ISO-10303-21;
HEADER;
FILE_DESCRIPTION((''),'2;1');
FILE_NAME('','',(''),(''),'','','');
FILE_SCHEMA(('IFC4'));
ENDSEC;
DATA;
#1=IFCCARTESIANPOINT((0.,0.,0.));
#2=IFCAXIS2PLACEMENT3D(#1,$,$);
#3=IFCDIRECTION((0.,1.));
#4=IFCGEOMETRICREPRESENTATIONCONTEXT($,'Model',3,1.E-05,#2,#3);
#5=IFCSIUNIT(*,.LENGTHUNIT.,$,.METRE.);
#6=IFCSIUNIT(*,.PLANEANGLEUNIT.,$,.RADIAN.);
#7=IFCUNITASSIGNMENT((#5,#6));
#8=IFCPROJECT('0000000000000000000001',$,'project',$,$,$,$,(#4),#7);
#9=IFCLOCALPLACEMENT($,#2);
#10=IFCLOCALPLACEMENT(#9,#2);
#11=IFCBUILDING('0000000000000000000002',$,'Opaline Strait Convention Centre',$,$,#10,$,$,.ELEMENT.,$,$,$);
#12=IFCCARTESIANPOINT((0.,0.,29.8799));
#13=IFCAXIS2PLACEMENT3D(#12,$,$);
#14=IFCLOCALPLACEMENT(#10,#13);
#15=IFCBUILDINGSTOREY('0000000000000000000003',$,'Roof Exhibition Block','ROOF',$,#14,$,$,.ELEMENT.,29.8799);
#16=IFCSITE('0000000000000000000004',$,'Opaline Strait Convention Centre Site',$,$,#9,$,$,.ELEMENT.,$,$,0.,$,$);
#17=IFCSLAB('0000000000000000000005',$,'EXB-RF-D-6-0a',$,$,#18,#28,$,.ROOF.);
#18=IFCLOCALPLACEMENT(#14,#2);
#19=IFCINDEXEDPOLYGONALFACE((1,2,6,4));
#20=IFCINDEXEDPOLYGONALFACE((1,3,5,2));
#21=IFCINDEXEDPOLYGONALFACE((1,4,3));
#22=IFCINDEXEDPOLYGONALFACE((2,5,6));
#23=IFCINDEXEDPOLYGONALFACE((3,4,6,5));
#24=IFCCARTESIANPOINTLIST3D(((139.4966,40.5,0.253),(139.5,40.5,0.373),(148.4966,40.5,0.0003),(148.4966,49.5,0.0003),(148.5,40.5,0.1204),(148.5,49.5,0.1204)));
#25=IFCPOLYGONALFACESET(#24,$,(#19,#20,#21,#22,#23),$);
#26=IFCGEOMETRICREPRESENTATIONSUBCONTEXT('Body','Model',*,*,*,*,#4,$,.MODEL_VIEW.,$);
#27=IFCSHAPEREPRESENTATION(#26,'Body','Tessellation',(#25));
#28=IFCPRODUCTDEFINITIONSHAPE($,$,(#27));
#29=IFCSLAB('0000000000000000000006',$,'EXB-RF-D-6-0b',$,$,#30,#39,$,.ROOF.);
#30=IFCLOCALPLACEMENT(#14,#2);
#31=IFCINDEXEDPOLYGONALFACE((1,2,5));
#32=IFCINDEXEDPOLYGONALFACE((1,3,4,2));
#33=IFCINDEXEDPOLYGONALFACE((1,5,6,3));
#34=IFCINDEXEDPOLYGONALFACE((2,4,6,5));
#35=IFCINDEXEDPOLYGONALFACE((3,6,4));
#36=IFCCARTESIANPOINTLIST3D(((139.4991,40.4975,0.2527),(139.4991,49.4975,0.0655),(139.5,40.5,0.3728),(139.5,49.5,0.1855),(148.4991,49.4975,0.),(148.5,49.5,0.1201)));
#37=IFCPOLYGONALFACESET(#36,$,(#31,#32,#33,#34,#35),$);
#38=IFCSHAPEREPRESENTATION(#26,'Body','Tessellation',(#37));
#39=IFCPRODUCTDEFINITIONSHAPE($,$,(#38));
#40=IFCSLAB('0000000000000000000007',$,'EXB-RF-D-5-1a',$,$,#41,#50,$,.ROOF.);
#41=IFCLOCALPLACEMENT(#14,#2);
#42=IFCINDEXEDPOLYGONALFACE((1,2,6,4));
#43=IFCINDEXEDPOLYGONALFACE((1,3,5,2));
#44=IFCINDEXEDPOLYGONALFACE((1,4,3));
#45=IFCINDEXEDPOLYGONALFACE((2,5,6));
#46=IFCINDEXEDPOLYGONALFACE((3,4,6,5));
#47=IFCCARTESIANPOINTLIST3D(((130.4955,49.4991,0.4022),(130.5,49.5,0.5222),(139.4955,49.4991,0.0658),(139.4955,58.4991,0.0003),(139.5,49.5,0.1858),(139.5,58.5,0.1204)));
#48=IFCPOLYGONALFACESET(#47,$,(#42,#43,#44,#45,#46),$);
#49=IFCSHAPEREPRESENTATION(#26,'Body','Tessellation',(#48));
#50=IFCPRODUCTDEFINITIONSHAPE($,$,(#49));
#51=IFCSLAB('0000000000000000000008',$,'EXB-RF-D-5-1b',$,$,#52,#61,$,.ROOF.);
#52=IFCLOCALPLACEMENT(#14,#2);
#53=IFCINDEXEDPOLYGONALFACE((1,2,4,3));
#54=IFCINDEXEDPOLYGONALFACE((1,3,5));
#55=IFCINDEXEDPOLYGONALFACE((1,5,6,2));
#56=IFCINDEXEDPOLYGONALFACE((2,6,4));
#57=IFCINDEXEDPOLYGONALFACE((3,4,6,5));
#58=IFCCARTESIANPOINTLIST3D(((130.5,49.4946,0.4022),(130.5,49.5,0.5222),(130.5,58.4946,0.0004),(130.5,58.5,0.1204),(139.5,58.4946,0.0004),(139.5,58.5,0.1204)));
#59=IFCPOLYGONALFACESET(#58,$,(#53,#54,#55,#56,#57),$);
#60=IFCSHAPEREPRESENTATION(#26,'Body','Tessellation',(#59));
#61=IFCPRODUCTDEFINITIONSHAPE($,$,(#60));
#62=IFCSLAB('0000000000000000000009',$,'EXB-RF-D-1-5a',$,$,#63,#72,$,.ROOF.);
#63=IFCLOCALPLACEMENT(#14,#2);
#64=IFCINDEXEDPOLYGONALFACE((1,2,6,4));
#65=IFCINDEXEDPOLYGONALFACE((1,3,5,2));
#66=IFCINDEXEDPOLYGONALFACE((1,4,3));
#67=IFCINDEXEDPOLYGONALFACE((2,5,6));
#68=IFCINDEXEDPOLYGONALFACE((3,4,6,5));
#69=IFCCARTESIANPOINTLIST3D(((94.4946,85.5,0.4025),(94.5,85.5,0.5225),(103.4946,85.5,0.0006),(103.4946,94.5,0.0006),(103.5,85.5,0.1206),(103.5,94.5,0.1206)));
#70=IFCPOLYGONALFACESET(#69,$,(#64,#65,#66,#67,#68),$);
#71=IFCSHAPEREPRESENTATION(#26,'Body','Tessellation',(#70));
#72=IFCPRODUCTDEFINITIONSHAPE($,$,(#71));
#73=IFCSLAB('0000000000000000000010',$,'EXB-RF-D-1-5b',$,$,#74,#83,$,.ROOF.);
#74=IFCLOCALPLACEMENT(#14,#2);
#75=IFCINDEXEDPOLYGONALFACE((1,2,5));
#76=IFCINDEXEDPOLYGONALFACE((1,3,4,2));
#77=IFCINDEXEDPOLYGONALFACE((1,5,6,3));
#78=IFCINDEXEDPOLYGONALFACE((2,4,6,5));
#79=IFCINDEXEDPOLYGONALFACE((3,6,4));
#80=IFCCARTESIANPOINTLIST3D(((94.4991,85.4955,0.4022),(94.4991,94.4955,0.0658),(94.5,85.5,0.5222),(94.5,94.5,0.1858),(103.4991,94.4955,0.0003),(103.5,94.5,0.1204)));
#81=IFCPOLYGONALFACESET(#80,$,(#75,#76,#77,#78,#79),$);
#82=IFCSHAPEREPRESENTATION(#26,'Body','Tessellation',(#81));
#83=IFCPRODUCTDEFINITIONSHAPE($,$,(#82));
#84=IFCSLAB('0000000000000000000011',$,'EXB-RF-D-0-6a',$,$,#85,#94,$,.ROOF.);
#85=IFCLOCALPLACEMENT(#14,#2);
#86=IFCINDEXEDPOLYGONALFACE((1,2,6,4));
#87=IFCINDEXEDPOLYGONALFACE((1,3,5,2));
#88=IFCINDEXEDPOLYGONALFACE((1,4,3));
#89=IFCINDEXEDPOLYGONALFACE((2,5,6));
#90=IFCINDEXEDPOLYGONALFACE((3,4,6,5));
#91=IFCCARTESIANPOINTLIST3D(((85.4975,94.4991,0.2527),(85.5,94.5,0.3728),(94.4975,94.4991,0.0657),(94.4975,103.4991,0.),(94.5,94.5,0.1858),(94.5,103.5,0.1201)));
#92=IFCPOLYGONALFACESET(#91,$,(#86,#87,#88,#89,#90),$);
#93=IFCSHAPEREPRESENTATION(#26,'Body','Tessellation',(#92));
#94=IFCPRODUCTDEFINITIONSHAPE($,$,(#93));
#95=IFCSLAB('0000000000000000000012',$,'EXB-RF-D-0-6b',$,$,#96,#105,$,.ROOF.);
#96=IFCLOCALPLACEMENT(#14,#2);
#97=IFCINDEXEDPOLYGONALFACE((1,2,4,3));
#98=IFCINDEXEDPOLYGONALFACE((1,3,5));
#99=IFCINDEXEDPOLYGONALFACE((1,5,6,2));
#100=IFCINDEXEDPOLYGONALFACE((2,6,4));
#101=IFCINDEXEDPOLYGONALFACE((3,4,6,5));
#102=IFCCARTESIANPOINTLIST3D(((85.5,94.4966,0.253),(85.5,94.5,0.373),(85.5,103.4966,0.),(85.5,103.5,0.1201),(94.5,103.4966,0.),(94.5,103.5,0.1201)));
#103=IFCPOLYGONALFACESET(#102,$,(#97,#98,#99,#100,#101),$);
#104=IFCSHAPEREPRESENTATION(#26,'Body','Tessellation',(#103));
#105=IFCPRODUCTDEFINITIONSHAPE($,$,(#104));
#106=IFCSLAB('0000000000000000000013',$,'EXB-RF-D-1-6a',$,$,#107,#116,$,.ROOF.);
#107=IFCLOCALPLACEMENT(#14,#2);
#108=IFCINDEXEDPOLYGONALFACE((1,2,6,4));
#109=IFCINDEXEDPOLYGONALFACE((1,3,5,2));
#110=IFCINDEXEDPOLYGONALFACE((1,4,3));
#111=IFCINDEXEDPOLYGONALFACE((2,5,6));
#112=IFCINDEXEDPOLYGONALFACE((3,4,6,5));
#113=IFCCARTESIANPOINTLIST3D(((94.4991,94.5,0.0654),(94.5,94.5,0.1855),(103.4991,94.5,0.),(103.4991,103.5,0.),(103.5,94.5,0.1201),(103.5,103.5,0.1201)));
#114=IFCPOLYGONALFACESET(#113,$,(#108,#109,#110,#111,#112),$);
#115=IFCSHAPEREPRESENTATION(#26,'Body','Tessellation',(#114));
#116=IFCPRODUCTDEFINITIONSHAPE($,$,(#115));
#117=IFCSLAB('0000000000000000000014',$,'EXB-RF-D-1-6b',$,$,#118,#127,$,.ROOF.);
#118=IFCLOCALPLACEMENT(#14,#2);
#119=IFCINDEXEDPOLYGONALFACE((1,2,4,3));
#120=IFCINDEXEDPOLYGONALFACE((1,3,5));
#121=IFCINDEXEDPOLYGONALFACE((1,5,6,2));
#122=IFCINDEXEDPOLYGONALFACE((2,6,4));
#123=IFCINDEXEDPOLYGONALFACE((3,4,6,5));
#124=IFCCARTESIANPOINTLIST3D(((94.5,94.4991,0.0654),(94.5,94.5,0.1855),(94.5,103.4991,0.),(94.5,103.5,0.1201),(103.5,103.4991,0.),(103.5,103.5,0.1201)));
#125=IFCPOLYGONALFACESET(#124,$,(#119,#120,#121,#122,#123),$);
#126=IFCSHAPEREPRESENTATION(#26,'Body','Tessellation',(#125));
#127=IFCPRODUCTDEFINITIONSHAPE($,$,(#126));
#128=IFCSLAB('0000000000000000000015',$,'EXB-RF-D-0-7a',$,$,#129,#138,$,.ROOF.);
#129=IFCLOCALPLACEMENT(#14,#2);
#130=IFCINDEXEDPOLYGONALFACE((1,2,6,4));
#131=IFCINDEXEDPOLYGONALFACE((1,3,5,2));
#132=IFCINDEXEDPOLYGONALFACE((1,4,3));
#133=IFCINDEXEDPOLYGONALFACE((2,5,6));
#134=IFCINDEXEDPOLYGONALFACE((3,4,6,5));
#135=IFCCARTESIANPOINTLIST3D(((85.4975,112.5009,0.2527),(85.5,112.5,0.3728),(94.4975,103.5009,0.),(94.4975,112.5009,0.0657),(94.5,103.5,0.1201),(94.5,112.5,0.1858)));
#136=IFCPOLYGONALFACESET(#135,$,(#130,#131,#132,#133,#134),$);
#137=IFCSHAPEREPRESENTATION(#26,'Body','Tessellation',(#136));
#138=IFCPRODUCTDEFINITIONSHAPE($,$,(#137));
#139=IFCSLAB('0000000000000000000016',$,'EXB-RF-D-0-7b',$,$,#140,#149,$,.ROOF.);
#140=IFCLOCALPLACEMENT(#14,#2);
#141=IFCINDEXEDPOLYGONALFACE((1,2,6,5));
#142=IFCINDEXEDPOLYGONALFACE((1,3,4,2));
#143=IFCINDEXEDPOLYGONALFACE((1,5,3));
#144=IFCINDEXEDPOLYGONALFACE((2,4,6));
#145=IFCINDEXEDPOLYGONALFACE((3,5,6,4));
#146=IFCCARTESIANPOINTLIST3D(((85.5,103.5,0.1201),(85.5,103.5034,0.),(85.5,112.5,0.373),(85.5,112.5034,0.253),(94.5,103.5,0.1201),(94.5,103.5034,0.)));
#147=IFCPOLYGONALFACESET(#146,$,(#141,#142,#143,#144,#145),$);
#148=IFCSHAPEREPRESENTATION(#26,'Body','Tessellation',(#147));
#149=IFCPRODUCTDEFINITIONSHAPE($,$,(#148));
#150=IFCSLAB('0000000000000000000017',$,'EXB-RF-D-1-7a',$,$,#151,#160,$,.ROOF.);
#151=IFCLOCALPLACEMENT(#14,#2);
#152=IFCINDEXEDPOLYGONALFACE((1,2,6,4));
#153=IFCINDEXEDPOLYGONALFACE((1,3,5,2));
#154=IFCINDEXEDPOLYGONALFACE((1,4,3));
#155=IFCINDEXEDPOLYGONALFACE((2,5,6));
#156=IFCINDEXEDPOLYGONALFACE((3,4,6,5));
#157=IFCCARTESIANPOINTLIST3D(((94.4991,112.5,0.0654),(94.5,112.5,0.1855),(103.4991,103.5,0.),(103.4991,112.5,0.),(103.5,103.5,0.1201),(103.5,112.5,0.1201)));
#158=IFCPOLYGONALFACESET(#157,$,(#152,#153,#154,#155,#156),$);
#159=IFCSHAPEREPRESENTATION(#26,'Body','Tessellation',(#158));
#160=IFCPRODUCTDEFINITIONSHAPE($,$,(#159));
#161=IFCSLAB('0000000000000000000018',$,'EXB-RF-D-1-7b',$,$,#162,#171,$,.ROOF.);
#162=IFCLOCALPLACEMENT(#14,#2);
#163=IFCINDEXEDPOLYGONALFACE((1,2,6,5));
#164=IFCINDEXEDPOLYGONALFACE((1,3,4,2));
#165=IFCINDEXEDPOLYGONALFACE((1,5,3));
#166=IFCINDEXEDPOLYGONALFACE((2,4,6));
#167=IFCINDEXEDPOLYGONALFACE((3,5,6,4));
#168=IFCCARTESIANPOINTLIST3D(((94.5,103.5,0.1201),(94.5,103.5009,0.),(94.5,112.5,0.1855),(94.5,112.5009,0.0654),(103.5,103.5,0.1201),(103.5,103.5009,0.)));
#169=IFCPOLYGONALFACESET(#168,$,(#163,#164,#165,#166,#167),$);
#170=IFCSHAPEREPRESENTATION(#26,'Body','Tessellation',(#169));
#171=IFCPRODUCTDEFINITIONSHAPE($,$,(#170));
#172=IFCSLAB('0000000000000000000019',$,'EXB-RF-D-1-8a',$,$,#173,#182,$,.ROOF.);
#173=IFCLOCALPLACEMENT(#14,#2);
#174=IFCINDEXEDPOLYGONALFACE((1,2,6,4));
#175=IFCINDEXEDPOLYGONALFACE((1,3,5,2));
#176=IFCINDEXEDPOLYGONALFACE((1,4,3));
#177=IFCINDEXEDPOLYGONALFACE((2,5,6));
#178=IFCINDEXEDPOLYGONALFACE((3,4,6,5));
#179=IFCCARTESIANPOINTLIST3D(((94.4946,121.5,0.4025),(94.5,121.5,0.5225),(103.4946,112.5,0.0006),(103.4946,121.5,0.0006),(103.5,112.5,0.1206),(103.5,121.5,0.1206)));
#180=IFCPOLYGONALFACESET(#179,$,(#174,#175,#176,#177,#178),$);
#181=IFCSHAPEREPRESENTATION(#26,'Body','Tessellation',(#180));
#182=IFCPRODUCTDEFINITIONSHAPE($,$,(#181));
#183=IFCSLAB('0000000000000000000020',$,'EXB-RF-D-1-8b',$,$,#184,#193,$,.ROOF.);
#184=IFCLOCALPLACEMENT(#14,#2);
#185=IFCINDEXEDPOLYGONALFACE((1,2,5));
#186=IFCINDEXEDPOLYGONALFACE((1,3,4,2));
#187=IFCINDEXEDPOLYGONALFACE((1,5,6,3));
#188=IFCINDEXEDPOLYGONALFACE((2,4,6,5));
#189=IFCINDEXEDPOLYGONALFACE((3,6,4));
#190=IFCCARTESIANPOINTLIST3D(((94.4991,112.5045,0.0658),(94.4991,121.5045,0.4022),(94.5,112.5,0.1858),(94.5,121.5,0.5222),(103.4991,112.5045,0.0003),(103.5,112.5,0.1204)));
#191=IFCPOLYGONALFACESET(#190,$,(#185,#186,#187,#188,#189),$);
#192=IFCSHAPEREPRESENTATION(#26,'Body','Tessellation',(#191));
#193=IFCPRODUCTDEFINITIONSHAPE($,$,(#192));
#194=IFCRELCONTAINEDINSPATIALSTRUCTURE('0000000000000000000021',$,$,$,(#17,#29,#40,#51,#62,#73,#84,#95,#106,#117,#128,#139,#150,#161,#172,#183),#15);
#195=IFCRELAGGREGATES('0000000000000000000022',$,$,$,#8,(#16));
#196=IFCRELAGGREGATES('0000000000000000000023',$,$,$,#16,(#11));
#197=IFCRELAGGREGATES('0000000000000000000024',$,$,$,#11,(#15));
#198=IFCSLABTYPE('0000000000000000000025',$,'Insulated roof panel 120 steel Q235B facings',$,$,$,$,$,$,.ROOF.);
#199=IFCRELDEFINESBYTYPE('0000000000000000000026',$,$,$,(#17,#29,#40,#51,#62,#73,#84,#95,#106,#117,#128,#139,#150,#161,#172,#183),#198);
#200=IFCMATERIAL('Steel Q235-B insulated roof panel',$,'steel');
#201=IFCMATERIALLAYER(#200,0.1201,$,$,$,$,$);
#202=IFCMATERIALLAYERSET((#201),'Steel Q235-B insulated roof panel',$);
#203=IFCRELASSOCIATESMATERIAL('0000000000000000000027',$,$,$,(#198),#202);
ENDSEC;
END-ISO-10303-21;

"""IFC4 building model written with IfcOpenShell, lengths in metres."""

from ifc_helpers import new_model, si_unit, direction, frame, origin, place, context, subcontext, project, spatial, polyline, outline, extrude, material, layer, layer_set, type_object, element, save


model = new_model("IFC4")

# Units and contexts
model_context = context("Model", 3, precision=1e-05, world=origin(), true_north=direction((0.0, 1.0)))
body_context = subcontext(model_context, "Body", "Model", "MODEL_VIEW")
ifc_project = project(units=[si_unit("LENGTHUNIT", "METRE"), si_unit("PLANEANGLEUNIT", "RADIAN")], contexts=[model_context])

# Site, building, storey
site_placement = place(None, origin())
site = spatial("IfcSite", under=ifc_project, at=site_placement, Name="Opaline Strait Convention Centre Site", CompositionType="ELEMENT", RefElevation=0.0)
building_placement = place(site_placement, origin())
building = spatial("IfcBuilding", under=site, at=building_placement, Name="Opaline Strait Convention Centre", CompositionType="ELEMENT")
storey_placement = place(building_placement, frame((0.0, 0.0, 29.8799)))
storey = spatial("IfcBuildingStorey", under=building, at=storey_placement, Name="Roof Exhibition Block", Description="ROOF", CompositionType="ELEMENT", Elevation=29.8799)

# Slabs
ifc_material = material(Name="Steel Q235-B insulated roof panel", Category="steel")
ifc_layer = layer(ifc_material, 0.1201)
ifc_layer_set = layer_set([ifc_layer], Name="Steel Q235-B insulated roof panel")
slab_type = type_object("IfcSlabType", Name="Insulated roof panel 120 steel Q235B facings", PredefinedType="ROOF", material=ifc_layer_set)
slab_1_placement = place(storey_placement, frame((139.5, 40.5, 0.373), z_axis=(0.028065, 0.0, 0.999606), x_axis=(0.999606, 0.0, -0.028065)))
element("IfcSlab", 1, at=slab_1_placement, inside=storey, type_object=slab_type, Name="EXB-RF-D-6-0a", PredefinedType="ROOF", context=body_context, shape_type="SweptSolid", body=[
    extrude(outline(polyline([(0.0, 0.0), (9.0035, 0.0), (9.0035, 9.0), (0.0, 0.0)])), origin(), (0.0, 0.0, -1.0), 0.1201),
])
slab_2_placement = place(storey_placement, frame((139.5, 40.5, 0.3728), z_axis=(0.007268, 0.020801, 0.999757), x_axis=(0.706967, 0.706967, -0.019849)))
element("IfcSlab", 2, at=slab_2_placement, inside=storey, type_object=slab_type, Name="EXB-RF-D-6-0b", PredefinedType="ROOF", context=body_context, shape_type="SweptSolid", body=[
    extrude(outline(polyline([(0.0, 0.0), (12.7304, 0.0), (6.3664, 6.3643), (0.0, 0.0)])), origin(), (0.0, 0.0, -1.0), 0.1201),
])
slab_3_placement = place(storey_placement, frame((130.5, 49.5, 0.5222), z_axis=(0.037354, 0.007265, 0.999276), x_axis=(0.999302, 0.0, -0.037355)))
element("IfcSlab", 3, at=slab_3_placement, inside=storey, type_object=slab_type, Name="EXB-RF-D-5-1a", PredefinedType="ROOF", context=body_context, shape_type="SweptSolid", body=[
    extrude(outline(polyline([(0.0, 0.0), (9.0063, 0.0), (9.0087, 9.0002), (0.0, 0.0)])), origin(), (0.0, 0.0, -1.0), 0.1201),
])
slab_4_placement = place(storey_placement, frame((130.5, 49.5, 0.5222), z_axis=(0.0, 0.044606, 0.999005), x_axis=(0.706755, 0.706755, -0.031557)))
element("IfcSlab", 4, at=slab_4_placement, inside=storey, type_object=slab_type, Name="EXB-RF-D-5-1b", PredefinedType="ROOF", context=body_context, shape_type="SweptSolid", body=[
    extrude(outline(polyline([(0.0, 0.0), (12.7343, 0.0), (6.3735, 6.3671), (0.0, 0.0)])), origin(), (0.0, 0.0, -1.0), 0.1201),
])
slab_5_placement = place(storey_placement, frame((94.5, 85.5, 0.5225), z_axis=(0.044606, 0.0, 0.999005), x_axis=(0.999005, 0.0, -0.044606)))
element("IfcSlab", 5, at=slab_5_placement, inside=storey, type_object=slab_type, Name="EXB-RF-D-1-5a", PredefinedType="ROOF", context=body_context, shape_type="SweptSolid", body=[
    extrude(outline(polyline([(0.0, 0.0), (9.009, 0.0), (9.009, 9.0), (0.0, 0.0)])), origin(), (0.0, 0.0, -1.0), 0.1201),
])
slab_6_placement = place(storey_placement, frame((94.5, 85.5, 0.5222), z_axis=(0.007265, 0.037354, 0.999276), x_axis=(0.706755, 0.706755, -0.031557)))
element("IfcSlab", 6, at=slab_6_placement, inside=storey, type_object=slab_type, Name="EXB-RF-D-1-5b", PredefinedType="ROOF", context=body_context, shape_type="SweptSolid", body=[
    extrude(outline(polyline([(0.0, 0.0), (12.7343, 0.0), (6.3714, 6.3654), (0.0, 0.0)])), origin(), (0.0, 0.0, -1.0), 0.1201),
])
slab_7_placement = place(storey_placement, frame((85.5, 94.5, 0.3728), z_axis=(0.020774, 0.007295, 0.999758), x_axis=(0.999784, 0.0, -0.020775)))
element("IfcSlab", 7, at=slab_7_placement, inside=storey, type_object=slab_type, Name="EXB-RF-D-0-6a", PredefinedType="ROOF", context=body_context, shape_type="SweptSolid", body=[
    extrude(outline(polyline([(0.0, 0.0), (9.0019, 0.0), (9.0033, 9.0002), (0.0, 0.0)])), origin(), (0.0, 0.0, -1.0), 0.1201),
])
slab_8_placement = place(storey_placement, frame((85.5, 94.5, 0.373), z_axis=(0.0, 0.028092, 0.999605), x_axis=(0.706967, 0.706967, -0.019868)))
element("IfcSlab", 8, at=slab_8_placement, inside=storey, type_object=slab_type, Name="EXB-RF-D-0-6b", PredefinedType="ROOF", context=body_context, shape_type="SweptSolid", body=[
    extrude(outline(polyline([(0.0, 0.0), (12.7304, 0.0), (6.3677, 6.3652), (0.0, 0.0)])), origin(), (0.0, 0.0, -1.0), 0.1201),
])
slab_9_placement = place(storey_placement, frame((94.5, 94.5, 0.1855), z_axis=(0.00727, 0.0, 0.999974), x_axis=(0.999974, 0.0, -0.00727)))
element("IfcSlab", 9, at=slab_9_placement, inside=storey, type_object=slab_type, Name="EXB-RF-D-1-6a", PredefinedType="ROOF", context=body_context, shape_type="SweptSolid", body=[
    extrude(outline(polyline([(0.0, 0.0), (9.0002, 0.0), (9.0002, 9.0), (0.0, 0.0)])), origin(), (0.0, 0.0, -1.0), 0.1201),
])
slab_10_placement = place(storey_placement, frame((94.5, 94.5, 0.1855), z_axis=(0.0, 0.00727, 0.999974), x_axis=(0.707097, 0.707097, -0.005141)))
element("IfcSlab", 10, at=slab_10_placement, inside=storey, type_object=slab_type, Name="EXB-RF-D-1-6b", PredefinedType="ROOF", context=body_context, shape_type="SweptSolid", body=[
    extrude(outline(polyline([(0.0, 0.0), (12.7281, 0.0), (6.3642, 6.364), (0.0, 0.0)])), origin(), (0.0, 0.0, -1.0), 0.1201),
])
slab_11_placement = place(storey_placement, frame((94.5, 103.5, 0.1201), z_axis=(0.020774, -0.007295, 0.999758), x_axis=(0.0, 0.999973, 0.007297)))
element("IfcSlab", 11, at=slab_11_placement, inside=storey, type_object=slab_type, Name="EXB-RF-D-0-7a", PredefinedType="ROOF", context=body_context, shape_type="SweptSolid", body=[
    extrude(outline(polyline([(0.0, 0.0), (9.0002, 0.0), (9.0016, 9.0019), (0.0, 0.0)])), origin(), (0.0, 0.0, -1.0), 0.1201),
])
slab_12_placement = place(storey_placement, frame((85.5, 103.5, 0.1201), z_axis=(0.0, -0.028092, 0.999605), x_axis=(1.0, 0.0, 0.0)))
element("IfcSlab", 12, at=slab_12_placement, inside=storey, type_object=slab_type, Name="EXB-RF-D-0-7b", PredefinedType="ROOF", context=body_context, shape_type="SweptSolid", body=[
    extrude(outline(polyline([(0.0, 0.0), (9.0, 0.0), (0.0, 9.0036), (0.0, 0.0)])), origin(), (0.0, 0.0, -1.0), 0.1201),
])
slab_13_placement = place(storey_placement, frame((103.5, 103.5, 0.1201), z_axis=(0.00727, 0.0, 0.999974), x_axis=(0.0, 1.0, 0.0)))
element("IfcSlab", 13, at=slab_13_placement, inside=storey, type_object=slab_type, Name="EXB-RF-D-1-7a", PredefinedType="ROOF", context=body_context, shape_type="SweptSolid", body=[
    extrude(outline(polyline([(0.0, 0.0), (9.0, 0.0), (9.0, 9.0002), (0.0, 0.0)])), origin(), (0.0, 0.0, -1.0), 0.1201),
])
slab_14_placement = place(storey_placement, frame((94.5, 103.5, 0.1201), z_axis=(0.0, -0.00727, 0.999974), x_axis=(1.0, 0.0, 0.0)))
element("IfcSlab", 14, at=slab_14_placement, inside=storey, type_object=slab_type, Name="EXB-RF-D-1-7b", PredefinedType="ROOF", context=body_context, shape_type="SweptSolid", body=[
    extrude(outline(polyline([(0.0, 0.0), (9.0, 0.0), (0.0, 9.0002), (0.0, 0.0)])), origin(), (0.0, 0.0, -1.0), 0.1201),
])
slab_15_placement = place(storey_placement, frame((103.5, 112.5, 0.1206), z_axis=(0.044606, 0.0, 0.999005), x_axis=(0.0, 1.0, 0.0)))
element("IfcSlab", 15, at=slab_15_placement, inside=storey, type_object=slab_type, Name="EXB-RF-D-1-8a", PredefinedType="ROOF", context=body_context, shape_type="SweptSolid", body=[
    extrude(outline(polyline([(0.0, 0.0), (9.0, 0.0), (9.0, 9.009), (0.0, 0.0)])), origin(), (0.0, 0.0, -1.0), 0.1201),
])
slab_16_placement = place(storey_placement, frame((94.5, 112.5, 0.1858), z_axis=(0.007265, -0.037354, 0.999276), x_axis=(0.999974, 0.0, -0.00727)))
element("IfcSlab", 16, at=slab_16_placement, inside=storey, type_object=slab_type, Name="EXB-RF-D-1-8b", PredefinedType="ROOF", context=body_context, shape_type="SweptSolid", body=[
    extrude(outline(polyline([(0.0, 0.0), (9.0002, 0.0), (-0.0024, 9.0063), (0.0, 0.0)])), origin(), (0.0, 0.0, -1.0), 0.1201),
])

save(model, "model.ifc")
